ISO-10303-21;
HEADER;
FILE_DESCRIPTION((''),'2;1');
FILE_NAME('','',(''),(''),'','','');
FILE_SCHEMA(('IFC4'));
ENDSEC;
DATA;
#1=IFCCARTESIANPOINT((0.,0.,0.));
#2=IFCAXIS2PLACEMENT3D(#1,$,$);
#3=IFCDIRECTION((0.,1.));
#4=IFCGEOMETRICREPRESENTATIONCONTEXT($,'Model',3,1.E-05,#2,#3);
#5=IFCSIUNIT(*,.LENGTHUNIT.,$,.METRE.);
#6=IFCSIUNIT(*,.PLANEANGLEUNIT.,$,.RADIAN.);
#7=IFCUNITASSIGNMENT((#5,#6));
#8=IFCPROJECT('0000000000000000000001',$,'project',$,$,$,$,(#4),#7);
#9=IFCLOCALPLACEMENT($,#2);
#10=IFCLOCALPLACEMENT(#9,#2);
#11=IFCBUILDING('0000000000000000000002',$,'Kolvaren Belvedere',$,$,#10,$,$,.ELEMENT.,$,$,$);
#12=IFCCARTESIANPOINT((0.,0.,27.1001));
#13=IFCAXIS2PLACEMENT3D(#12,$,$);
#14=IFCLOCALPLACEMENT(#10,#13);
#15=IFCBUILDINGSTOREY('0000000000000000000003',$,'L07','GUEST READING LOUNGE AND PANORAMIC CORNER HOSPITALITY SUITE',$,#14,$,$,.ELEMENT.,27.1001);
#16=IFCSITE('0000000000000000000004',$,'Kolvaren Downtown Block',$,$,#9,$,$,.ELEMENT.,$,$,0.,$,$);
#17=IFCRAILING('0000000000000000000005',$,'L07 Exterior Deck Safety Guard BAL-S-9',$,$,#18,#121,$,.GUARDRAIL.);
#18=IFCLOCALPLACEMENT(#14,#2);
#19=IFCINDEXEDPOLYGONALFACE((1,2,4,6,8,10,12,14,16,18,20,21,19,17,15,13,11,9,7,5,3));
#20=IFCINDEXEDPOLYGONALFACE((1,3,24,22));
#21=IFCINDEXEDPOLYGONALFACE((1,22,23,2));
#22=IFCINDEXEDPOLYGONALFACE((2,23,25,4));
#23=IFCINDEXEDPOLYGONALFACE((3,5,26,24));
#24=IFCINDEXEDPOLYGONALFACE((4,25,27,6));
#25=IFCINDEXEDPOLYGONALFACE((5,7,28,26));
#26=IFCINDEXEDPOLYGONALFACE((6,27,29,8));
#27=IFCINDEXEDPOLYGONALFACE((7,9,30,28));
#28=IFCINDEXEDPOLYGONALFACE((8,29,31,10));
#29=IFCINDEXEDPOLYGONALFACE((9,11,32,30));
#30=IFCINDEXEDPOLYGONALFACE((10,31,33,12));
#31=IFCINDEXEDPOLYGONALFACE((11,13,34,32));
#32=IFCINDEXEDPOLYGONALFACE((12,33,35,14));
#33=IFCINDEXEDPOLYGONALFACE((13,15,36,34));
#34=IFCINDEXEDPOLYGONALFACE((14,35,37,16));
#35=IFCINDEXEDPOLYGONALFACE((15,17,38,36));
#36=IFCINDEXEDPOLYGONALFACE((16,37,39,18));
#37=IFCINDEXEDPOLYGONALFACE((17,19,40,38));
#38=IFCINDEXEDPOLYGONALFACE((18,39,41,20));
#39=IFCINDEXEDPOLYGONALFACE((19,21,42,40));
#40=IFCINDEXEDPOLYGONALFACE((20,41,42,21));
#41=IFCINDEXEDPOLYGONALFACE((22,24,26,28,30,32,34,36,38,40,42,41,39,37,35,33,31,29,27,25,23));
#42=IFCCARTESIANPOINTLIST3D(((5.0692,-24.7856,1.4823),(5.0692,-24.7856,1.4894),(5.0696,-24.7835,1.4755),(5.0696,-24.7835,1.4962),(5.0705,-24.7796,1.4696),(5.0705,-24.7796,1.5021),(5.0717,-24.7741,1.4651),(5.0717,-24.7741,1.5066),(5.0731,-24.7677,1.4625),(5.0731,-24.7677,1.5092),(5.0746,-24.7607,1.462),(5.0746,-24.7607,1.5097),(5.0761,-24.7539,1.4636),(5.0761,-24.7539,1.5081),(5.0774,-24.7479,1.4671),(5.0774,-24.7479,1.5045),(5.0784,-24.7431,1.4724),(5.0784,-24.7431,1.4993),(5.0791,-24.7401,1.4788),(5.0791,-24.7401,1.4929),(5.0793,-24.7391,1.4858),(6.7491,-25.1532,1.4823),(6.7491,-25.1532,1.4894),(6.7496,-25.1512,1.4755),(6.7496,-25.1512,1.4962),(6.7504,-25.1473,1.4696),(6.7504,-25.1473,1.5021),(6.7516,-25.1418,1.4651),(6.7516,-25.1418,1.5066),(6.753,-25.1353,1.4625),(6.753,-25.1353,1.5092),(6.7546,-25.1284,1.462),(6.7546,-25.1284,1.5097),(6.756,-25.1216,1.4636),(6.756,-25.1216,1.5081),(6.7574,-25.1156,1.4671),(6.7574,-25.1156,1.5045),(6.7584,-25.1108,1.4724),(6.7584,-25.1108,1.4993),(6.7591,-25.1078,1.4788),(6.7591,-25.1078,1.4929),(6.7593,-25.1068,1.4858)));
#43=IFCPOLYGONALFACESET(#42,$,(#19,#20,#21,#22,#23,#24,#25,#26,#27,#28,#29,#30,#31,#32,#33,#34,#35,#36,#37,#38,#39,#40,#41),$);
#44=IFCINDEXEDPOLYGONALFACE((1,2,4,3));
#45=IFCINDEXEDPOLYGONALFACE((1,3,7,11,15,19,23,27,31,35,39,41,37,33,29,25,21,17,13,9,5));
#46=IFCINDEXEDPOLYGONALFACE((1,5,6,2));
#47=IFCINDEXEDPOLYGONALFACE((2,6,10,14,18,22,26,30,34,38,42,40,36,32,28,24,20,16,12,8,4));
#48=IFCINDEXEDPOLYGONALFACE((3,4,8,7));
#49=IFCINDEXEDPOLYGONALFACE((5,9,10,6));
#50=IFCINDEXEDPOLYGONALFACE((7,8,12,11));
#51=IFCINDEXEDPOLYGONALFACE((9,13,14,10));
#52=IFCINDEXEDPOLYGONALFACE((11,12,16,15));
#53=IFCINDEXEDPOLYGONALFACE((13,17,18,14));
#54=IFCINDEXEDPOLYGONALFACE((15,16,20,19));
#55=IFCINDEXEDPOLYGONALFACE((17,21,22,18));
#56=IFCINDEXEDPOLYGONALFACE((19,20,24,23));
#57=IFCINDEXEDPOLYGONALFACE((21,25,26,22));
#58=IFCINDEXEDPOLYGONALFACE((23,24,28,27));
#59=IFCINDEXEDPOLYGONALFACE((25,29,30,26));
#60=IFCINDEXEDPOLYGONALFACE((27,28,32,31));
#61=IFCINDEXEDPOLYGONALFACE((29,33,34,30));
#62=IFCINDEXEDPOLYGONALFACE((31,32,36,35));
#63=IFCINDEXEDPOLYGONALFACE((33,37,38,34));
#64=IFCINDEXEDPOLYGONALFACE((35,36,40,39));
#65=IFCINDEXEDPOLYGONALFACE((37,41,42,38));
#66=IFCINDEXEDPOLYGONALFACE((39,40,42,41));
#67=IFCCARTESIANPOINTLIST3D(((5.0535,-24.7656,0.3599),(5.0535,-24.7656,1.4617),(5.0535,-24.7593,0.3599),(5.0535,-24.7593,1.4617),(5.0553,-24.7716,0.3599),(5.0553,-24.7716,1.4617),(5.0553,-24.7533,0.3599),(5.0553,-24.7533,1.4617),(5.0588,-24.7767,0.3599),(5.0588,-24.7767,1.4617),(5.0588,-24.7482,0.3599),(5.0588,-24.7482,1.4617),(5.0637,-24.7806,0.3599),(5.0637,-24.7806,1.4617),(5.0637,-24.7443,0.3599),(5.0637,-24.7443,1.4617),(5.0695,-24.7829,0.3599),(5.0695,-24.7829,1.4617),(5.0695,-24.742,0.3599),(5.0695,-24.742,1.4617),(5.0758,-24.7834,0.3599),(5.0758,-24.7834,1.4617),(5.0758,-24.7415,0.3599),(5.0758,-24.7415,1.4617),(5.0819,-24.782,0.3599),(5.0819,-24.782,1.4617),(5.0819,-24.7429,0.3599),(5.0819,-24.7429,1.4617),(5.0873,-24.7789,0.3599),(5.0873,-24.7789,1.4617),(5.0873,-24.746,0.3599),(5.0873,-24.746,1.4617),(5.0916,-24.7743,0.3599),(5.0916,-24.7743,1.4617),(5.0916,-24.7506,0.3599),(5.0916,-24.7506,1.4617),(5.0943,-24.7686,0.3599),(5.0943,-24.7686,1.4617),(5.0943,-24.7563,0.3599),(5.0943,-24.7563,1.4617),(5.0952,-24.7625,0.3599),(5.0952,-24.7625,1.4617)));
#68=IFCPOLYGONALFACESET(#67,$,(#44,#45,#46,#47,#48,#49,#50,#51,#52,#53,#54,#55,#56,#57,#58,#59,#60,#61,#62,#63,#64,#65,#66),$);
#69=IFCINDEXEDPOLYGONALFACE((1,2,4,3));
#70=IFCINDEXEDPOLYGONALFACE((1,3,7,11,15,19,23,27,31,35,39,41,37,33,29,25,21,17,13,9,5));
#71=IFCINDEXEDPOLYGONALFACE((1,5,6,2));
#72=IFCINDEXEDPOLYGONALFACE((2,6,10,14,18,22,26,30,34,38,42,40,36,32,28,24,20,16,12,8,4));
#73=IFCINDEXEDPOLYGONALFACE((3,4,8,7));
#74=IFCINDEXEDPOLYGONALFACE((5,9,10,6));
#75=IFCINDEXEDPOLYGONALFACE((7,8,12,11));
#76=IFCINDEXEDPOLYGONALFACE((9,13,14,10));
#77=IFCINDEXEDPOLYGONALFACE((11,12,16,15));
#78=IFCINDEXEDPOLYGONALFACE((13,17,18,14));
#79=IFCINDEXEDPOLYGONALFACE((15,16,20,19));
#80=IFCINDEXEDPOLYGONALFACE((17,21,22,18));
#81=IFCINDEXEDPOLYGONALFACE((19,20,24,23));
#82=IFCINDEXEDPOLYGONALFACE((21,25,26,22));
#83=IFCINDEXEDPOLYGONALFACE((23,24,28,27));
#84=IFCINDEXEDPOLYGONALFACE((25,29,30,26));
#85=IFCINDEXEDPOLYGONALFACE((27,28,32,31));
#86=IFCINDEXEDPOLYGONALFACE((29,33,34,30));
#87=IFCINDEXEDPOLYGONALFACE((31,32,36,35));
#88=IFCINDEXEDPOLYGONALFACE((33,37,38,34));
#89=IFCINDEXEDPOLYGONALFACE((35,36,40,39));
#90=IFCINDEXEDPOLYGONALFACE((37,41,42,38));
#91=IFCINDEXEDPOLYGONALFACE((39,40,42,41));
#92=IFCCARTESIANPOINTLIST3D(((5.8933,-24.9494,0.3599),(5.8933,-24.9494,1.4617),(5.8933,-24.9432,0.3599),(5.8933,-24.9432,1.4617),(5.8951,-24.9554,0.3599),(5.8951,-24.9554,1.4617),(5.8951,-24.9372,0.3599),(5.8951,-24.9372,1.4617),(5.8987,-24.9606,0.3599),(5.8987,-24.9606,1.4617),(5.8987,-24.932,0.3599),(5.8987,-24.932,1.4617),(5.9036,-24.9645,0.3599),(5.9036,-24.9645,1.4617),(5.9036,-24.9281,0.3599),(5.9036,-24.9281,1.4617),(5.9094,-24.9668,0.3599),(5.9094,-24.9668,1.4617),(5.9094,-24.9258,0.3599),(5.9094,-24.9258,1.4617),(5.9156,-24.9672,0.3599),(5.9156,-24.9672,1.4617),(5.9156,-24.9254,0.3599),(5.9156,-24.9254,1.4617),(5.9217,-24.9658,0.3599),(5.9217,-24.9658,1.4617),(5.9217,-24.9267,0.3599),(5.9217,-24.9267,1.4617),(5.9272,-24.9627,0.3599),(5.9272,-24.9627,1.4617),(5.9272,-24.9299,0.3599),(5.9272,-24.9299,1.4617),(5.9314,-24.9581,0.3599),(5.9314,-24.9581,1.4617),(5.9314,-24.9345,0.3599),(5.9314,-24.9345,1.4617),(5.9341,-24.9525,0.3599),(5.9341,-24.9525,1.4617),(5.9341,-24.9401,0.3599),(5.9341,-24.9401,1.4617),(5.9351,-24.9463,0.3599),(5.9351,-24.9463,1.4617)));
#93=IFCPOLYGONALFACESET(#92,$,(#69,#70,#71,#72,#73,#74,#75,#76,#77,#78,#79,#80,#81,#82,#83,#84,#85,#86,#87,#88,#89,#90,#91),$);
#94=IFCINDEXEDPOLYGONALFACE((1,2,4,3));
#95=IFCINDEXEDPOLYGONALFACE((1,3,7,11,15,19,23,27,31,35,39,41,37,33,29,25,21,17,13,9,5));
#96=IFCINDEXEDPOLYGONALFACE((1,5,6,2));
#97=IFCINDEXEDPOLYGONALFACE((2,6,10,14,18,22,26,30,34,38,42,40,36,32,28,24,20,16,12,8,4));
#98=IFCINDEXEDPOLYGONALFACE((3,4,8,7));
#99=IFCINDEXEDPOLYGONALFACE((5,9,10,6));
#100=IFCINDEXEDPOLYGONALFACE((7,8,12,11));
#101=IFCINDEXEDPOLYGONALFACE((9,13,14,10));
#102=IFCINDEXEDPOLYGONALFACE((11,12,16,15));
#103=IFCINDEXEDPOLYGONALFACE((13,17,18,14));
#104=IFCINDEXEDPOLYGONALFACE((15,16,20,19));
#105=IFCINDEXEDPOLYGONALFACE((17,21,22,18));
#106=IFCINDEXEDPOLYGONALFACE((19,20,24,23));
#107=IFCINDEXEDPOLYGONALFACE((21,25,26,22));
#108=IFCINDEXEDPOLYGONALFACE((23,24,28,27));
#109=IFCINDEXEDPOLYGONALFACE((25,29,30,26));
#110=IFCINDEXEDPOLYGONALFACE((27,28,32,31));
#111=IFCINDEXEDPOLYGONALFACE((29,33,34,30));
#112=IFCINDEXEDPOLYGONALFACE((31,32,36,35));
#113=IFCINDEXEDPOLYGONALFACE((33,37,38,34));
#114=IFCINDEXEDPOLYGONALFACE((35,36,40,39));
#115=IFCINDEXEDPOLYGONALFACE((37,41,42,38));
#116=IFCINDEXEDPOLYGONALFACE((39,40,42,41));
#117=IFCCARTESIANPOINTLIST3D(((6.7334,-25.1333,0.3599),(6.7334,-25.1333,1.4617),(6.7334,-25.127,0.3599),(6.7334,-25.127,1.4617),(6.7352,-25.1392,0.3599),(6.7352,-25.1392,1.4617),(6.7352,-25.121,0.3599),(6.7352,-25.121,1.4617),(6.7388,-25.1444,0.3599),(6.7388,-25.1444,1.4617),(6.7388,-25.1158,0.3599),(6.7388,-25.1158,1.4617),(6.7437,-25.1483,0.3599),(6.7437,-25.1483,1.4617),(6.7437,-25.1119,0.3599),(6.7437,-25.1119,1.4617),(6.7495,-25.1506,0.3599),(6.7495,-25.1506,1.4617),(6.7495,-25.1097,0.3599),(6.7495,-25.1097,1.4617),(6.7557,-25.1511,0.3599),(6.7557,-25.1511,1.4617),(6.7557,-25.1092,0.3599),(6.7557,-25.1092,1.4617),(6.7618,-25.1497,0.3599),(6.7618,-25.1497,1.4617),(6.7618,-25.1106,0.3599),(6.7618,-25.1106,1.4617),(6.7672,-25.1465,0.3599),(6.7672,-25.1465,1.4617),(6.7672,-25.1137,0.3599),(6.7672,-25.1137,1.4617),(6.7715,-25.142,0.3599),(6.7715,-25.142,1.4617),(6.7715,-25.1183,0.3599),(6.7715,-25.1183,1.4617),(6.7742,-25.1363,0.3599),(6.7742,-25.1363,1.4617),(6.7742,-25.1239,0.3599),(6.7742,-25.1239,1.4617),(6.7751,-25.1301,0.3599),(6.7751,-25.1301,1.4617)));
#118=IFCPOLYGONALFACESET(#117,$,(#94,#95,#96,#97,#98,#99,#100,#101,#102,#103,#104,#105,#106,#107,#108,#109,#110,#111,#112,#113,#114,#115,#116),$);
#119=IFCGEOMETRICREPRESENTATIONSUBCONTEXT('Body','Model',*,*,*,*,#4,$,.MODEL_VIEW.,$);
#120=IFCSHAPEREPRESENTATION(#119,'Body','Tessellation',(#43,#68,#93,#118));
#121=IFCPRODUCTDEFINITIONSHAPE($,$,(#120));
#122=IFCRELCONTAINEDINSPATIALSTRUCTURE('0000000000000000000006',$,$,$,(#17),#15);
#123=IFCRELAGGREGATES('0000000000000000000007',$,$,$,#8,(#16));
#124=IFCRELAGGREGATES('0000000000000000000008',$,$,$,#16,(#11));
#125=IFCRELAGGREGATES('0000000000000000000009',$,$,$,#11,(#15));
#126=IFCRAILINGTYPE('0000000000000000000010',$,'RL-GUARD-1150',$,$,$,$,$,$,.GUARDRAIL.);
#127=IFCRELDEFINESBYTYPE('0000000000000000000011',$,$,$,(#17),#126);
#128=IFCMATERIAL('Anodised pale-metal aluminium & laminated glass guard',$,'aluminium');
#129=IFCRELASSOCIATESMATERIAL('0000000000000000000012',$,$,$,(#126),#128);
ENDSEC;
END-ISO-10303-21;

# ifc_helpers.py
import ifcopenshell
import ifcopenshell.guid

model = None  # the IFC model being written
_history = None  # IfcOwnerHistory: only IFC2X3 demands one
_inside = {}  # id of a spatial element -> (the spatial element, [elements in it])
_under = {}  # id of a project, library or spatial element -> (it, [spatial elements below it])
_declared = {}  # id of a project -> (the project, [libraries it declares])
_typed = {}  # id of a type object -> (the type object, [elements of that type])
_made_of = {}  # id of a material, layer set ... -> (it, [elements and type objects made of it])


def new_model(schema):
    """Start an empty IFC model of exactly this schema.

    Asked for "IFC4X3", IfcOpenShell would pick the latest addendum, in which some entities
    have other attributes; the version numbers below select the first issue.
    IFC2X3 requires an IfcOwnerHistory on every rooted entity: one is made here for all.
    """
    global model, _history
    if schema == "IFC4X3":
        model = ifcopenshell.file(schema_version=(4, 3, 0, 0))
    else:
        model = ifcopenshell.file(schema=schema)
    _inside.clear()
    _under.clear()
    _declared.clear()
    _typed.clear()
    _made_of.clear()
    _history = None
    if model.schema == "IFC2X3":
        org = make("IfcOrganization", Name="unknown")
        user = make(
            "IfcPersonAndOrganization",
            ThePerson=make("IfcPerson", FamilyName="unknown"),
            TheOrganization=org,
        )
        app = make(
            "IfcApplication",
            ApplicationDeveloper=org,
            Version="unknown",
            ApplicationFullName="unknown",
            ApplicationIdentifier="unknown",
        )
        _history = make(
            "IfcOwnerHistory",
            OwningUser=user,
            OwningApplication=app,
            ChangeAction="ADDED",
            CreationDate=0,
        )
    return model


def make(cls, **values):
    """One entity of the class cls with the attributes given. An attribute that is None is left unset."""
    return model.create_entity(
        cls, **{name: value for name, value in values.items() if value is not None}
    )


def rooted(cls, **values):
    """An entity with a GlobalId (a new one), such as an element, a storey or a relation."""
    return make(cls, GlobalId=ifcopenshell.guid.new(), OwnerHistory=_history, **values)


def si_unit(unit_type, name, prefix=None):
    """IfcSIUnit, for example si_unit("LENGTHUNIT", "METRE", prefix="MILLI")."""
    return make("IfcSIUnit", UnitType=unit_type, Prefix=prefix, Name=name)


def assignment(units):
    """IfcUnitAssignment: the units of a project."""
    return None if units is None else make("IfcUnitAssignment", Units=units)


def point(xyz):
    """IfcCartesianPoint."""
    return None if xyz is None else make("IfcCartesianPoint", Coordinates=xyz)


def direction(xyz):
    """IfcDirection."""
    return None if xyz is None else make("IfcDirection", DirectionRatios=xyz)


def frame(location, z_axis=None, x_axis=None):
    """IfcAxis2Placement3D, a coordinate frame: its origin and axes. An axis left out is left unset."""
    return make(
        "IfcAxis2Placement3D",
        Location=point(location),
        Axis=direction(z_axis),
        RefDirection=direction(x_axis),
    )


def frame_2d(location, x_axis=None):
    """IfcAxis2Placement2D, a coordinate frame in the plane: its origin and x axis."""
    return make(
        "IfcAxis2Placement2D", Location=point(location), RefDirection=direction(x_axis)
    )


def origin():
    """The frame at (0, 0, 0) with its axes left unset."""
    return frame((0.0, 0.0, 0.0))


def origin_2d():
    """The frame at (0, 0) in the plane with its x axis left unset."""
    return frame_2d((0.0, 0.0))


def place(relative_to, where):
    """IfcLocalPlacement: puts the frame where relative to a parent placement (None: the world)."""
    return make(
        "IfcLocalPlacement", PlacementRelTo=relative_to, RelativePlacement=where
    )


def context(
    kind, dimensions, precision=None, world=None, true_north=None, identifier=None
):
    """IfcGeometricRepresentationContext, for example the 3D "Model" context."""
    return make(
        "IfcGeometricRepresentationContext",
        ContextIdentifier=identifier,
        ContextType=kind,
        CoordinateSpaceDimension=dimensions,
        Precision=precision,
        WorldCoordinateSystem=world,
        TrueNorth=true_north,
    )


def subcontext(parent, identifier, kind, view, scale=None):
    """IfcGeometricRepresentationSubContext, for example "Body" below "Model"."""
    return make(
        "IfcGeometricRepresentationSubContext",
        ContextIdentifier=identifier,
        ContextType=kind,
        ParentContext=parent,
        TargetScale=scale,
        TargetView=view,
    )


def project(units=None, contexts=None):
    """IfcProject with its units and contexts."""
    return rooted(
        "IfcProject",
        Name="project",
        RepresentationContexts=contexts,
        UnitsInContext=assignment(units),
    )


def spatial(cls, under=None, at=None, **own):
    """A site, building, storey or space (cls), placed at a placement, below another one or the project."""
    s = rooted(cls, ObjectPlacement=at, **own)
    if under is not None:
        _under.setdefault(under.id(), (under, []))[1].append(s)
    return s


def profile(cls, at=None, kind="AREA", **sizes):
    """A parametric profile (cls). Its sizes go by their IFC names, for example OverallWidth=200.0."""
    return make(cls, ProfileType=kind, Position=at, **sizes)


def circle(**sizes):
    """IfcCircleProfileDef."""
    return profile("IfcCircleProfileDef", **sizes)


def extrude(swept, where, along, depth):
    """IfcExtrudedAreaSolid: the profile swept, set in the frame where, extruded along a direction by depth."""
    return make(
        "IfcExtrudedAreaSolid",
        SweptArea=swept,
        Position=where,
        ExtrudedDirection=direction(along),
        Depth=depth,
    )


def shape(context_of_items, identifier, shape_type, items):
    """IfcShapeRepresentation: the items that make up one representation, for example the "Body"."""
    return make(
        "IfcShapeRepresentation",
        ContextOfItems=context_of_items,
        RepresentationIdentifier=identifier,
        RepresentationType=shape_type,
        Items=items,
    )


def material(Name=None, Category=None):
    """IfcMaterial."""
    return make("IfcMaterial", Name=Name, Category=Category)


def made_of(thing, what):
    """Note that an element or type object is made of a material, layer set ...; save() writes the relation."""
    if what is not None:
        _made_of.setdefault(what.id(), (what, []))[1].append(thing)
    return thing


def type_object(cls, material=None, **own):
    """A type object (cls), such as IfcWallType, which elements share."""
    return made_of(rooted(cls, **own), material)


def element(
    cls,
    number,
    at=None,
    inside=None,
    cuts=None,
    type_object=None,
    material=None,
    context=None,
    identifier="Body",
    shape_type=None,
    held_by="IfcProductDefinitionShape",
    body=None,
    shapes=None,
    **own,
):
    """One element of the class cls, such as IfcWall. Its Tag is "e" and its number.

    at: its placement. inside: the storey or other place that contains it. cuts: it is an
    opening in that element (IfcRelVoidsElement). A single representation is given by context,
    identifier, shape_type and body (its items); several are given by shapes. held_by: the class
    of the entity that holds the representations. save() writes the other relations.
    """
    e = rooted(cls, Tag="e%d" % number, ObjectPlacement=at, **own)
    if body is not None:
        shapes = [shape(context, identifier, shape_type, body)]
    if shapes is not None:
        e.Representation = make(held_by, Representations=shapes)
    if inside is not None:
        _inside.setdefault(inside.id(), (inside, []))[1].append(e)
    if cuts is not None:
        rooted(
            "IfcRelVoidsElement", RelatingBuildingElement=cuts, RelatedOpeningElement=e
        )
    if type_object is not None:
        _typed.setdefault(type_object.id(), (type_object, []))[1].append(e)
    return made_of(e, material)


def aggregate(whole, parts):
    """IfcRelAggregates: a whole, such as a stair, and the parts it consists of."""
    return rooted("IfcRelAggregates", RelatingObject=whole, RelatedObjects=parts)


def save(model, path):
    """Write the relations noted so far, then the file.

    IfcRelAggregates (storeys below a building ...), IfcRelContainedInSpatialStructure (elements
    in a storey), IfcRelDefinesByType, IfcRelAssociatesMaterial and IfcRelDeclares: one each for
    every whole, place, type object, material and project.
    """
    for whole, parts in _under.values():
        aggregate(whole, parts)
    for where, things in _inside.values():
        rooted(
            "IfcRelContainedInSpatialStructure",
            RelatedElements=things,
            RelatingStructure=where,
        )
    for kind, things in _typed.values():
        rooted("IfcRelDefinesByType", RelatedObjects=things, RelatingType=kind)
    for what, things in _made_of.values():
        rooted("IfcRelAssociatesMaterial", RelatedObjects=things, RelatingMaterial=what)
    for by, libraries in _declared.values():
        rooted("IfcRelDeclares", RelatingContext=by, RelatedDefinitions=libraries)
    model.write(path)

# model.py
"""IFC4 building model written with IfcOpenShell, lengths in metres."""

from ifc_helpers import new_model, si_unit, direction, frame, origin, origin_2d, place, context, subcontext, project, spatial, circle, extrude, material, type_object, element, save


model = new_model("IFC4")

# Units and contexts
model_context = context("Model", 3, precision=1e-05, world=origin(), true_north=direction((0.0, 1.0)))
body_context = subcontext(model_context, "Body", "Model", "MODEL_VIEW")
ifc_project = project(units=[si_unit("LENGTHUNIT", "METRE"), si_unit("PLANEANGLEUNIT", "RADIAN")], contexts=[model_context])

# Site, building, storey
site_placement = place(None, origin())
site = spatial("IfcSite", under=ifc_project, at=site_placement, Name="Kolvaren Downtown Block", CompositionType="ELEMENT", RefElevation=0.0)
building_placement = place(site_placement, origin())
building = spatial("IfcBuilding", under=site, at=building_placement, Name="Kolvaren Belvedere", CompositionType="ELEMENT")
storey_placement = place(building_placement, frame((0.0, 0.0, 27.1001)))
storey = spatial("IfcBuildingStorey", under=building, at=storey_placement, Name="L07", Description="GUEST READING LOUNGE AND PANORAMIC CORNER HOSPITALITY SUITE", CompositionType="ELEMENT", Elevation=27.1001)

# Railing
ifc_material_1 = material(Name="Anodised pale-metal aluminium & laminated glass guard", Category="aluminium")
railing_type = type_object("IfcRailingType", Name="RL-GUARD-1150", PredefinedType="GUARDRAIL", material=ifc_material_1)
railing_1_placement = place(storey_placement, frame((5.0742, -24.7625, 0.3599)))
element("IfcRailing", 1, at=railing_1_placement, inside=storey, type_object=railing_type, Name="L07 Exterior Deck Safety Guard BAL-S-9", PredefinedType="GUARDRAIL", context=body_context, shape_type="SweptSolid", body=[
    extrude(circle(Radius=0.0239, at=origin_2d()), frame((0.0, 0.0, 1.126), z_axis=(0.976877, -0.213803, 0.0), x_axis=(0.213803, 0.976877, 0.0)), (0.0, 0.0, 1.0), 1.7197),
    extrude(circle(Radius=0.021, at=origin_2d()), origin(), (0.0, 0.0, 1.0), 1.1018),
    extrude(circle(Radius=0.021, at=origin_2d()), frame((0.8398, -0.1838, 0.0)), (0.0, 0.0, 1.0), 1.1018),
    extrude(circle(Radius=0.021, at=origin_2d()), frame((1.6799, -0.3677, 0.0)), (0.0, 0.0, 1.0), 1.1018),
])

save(model, "model.ifc")
